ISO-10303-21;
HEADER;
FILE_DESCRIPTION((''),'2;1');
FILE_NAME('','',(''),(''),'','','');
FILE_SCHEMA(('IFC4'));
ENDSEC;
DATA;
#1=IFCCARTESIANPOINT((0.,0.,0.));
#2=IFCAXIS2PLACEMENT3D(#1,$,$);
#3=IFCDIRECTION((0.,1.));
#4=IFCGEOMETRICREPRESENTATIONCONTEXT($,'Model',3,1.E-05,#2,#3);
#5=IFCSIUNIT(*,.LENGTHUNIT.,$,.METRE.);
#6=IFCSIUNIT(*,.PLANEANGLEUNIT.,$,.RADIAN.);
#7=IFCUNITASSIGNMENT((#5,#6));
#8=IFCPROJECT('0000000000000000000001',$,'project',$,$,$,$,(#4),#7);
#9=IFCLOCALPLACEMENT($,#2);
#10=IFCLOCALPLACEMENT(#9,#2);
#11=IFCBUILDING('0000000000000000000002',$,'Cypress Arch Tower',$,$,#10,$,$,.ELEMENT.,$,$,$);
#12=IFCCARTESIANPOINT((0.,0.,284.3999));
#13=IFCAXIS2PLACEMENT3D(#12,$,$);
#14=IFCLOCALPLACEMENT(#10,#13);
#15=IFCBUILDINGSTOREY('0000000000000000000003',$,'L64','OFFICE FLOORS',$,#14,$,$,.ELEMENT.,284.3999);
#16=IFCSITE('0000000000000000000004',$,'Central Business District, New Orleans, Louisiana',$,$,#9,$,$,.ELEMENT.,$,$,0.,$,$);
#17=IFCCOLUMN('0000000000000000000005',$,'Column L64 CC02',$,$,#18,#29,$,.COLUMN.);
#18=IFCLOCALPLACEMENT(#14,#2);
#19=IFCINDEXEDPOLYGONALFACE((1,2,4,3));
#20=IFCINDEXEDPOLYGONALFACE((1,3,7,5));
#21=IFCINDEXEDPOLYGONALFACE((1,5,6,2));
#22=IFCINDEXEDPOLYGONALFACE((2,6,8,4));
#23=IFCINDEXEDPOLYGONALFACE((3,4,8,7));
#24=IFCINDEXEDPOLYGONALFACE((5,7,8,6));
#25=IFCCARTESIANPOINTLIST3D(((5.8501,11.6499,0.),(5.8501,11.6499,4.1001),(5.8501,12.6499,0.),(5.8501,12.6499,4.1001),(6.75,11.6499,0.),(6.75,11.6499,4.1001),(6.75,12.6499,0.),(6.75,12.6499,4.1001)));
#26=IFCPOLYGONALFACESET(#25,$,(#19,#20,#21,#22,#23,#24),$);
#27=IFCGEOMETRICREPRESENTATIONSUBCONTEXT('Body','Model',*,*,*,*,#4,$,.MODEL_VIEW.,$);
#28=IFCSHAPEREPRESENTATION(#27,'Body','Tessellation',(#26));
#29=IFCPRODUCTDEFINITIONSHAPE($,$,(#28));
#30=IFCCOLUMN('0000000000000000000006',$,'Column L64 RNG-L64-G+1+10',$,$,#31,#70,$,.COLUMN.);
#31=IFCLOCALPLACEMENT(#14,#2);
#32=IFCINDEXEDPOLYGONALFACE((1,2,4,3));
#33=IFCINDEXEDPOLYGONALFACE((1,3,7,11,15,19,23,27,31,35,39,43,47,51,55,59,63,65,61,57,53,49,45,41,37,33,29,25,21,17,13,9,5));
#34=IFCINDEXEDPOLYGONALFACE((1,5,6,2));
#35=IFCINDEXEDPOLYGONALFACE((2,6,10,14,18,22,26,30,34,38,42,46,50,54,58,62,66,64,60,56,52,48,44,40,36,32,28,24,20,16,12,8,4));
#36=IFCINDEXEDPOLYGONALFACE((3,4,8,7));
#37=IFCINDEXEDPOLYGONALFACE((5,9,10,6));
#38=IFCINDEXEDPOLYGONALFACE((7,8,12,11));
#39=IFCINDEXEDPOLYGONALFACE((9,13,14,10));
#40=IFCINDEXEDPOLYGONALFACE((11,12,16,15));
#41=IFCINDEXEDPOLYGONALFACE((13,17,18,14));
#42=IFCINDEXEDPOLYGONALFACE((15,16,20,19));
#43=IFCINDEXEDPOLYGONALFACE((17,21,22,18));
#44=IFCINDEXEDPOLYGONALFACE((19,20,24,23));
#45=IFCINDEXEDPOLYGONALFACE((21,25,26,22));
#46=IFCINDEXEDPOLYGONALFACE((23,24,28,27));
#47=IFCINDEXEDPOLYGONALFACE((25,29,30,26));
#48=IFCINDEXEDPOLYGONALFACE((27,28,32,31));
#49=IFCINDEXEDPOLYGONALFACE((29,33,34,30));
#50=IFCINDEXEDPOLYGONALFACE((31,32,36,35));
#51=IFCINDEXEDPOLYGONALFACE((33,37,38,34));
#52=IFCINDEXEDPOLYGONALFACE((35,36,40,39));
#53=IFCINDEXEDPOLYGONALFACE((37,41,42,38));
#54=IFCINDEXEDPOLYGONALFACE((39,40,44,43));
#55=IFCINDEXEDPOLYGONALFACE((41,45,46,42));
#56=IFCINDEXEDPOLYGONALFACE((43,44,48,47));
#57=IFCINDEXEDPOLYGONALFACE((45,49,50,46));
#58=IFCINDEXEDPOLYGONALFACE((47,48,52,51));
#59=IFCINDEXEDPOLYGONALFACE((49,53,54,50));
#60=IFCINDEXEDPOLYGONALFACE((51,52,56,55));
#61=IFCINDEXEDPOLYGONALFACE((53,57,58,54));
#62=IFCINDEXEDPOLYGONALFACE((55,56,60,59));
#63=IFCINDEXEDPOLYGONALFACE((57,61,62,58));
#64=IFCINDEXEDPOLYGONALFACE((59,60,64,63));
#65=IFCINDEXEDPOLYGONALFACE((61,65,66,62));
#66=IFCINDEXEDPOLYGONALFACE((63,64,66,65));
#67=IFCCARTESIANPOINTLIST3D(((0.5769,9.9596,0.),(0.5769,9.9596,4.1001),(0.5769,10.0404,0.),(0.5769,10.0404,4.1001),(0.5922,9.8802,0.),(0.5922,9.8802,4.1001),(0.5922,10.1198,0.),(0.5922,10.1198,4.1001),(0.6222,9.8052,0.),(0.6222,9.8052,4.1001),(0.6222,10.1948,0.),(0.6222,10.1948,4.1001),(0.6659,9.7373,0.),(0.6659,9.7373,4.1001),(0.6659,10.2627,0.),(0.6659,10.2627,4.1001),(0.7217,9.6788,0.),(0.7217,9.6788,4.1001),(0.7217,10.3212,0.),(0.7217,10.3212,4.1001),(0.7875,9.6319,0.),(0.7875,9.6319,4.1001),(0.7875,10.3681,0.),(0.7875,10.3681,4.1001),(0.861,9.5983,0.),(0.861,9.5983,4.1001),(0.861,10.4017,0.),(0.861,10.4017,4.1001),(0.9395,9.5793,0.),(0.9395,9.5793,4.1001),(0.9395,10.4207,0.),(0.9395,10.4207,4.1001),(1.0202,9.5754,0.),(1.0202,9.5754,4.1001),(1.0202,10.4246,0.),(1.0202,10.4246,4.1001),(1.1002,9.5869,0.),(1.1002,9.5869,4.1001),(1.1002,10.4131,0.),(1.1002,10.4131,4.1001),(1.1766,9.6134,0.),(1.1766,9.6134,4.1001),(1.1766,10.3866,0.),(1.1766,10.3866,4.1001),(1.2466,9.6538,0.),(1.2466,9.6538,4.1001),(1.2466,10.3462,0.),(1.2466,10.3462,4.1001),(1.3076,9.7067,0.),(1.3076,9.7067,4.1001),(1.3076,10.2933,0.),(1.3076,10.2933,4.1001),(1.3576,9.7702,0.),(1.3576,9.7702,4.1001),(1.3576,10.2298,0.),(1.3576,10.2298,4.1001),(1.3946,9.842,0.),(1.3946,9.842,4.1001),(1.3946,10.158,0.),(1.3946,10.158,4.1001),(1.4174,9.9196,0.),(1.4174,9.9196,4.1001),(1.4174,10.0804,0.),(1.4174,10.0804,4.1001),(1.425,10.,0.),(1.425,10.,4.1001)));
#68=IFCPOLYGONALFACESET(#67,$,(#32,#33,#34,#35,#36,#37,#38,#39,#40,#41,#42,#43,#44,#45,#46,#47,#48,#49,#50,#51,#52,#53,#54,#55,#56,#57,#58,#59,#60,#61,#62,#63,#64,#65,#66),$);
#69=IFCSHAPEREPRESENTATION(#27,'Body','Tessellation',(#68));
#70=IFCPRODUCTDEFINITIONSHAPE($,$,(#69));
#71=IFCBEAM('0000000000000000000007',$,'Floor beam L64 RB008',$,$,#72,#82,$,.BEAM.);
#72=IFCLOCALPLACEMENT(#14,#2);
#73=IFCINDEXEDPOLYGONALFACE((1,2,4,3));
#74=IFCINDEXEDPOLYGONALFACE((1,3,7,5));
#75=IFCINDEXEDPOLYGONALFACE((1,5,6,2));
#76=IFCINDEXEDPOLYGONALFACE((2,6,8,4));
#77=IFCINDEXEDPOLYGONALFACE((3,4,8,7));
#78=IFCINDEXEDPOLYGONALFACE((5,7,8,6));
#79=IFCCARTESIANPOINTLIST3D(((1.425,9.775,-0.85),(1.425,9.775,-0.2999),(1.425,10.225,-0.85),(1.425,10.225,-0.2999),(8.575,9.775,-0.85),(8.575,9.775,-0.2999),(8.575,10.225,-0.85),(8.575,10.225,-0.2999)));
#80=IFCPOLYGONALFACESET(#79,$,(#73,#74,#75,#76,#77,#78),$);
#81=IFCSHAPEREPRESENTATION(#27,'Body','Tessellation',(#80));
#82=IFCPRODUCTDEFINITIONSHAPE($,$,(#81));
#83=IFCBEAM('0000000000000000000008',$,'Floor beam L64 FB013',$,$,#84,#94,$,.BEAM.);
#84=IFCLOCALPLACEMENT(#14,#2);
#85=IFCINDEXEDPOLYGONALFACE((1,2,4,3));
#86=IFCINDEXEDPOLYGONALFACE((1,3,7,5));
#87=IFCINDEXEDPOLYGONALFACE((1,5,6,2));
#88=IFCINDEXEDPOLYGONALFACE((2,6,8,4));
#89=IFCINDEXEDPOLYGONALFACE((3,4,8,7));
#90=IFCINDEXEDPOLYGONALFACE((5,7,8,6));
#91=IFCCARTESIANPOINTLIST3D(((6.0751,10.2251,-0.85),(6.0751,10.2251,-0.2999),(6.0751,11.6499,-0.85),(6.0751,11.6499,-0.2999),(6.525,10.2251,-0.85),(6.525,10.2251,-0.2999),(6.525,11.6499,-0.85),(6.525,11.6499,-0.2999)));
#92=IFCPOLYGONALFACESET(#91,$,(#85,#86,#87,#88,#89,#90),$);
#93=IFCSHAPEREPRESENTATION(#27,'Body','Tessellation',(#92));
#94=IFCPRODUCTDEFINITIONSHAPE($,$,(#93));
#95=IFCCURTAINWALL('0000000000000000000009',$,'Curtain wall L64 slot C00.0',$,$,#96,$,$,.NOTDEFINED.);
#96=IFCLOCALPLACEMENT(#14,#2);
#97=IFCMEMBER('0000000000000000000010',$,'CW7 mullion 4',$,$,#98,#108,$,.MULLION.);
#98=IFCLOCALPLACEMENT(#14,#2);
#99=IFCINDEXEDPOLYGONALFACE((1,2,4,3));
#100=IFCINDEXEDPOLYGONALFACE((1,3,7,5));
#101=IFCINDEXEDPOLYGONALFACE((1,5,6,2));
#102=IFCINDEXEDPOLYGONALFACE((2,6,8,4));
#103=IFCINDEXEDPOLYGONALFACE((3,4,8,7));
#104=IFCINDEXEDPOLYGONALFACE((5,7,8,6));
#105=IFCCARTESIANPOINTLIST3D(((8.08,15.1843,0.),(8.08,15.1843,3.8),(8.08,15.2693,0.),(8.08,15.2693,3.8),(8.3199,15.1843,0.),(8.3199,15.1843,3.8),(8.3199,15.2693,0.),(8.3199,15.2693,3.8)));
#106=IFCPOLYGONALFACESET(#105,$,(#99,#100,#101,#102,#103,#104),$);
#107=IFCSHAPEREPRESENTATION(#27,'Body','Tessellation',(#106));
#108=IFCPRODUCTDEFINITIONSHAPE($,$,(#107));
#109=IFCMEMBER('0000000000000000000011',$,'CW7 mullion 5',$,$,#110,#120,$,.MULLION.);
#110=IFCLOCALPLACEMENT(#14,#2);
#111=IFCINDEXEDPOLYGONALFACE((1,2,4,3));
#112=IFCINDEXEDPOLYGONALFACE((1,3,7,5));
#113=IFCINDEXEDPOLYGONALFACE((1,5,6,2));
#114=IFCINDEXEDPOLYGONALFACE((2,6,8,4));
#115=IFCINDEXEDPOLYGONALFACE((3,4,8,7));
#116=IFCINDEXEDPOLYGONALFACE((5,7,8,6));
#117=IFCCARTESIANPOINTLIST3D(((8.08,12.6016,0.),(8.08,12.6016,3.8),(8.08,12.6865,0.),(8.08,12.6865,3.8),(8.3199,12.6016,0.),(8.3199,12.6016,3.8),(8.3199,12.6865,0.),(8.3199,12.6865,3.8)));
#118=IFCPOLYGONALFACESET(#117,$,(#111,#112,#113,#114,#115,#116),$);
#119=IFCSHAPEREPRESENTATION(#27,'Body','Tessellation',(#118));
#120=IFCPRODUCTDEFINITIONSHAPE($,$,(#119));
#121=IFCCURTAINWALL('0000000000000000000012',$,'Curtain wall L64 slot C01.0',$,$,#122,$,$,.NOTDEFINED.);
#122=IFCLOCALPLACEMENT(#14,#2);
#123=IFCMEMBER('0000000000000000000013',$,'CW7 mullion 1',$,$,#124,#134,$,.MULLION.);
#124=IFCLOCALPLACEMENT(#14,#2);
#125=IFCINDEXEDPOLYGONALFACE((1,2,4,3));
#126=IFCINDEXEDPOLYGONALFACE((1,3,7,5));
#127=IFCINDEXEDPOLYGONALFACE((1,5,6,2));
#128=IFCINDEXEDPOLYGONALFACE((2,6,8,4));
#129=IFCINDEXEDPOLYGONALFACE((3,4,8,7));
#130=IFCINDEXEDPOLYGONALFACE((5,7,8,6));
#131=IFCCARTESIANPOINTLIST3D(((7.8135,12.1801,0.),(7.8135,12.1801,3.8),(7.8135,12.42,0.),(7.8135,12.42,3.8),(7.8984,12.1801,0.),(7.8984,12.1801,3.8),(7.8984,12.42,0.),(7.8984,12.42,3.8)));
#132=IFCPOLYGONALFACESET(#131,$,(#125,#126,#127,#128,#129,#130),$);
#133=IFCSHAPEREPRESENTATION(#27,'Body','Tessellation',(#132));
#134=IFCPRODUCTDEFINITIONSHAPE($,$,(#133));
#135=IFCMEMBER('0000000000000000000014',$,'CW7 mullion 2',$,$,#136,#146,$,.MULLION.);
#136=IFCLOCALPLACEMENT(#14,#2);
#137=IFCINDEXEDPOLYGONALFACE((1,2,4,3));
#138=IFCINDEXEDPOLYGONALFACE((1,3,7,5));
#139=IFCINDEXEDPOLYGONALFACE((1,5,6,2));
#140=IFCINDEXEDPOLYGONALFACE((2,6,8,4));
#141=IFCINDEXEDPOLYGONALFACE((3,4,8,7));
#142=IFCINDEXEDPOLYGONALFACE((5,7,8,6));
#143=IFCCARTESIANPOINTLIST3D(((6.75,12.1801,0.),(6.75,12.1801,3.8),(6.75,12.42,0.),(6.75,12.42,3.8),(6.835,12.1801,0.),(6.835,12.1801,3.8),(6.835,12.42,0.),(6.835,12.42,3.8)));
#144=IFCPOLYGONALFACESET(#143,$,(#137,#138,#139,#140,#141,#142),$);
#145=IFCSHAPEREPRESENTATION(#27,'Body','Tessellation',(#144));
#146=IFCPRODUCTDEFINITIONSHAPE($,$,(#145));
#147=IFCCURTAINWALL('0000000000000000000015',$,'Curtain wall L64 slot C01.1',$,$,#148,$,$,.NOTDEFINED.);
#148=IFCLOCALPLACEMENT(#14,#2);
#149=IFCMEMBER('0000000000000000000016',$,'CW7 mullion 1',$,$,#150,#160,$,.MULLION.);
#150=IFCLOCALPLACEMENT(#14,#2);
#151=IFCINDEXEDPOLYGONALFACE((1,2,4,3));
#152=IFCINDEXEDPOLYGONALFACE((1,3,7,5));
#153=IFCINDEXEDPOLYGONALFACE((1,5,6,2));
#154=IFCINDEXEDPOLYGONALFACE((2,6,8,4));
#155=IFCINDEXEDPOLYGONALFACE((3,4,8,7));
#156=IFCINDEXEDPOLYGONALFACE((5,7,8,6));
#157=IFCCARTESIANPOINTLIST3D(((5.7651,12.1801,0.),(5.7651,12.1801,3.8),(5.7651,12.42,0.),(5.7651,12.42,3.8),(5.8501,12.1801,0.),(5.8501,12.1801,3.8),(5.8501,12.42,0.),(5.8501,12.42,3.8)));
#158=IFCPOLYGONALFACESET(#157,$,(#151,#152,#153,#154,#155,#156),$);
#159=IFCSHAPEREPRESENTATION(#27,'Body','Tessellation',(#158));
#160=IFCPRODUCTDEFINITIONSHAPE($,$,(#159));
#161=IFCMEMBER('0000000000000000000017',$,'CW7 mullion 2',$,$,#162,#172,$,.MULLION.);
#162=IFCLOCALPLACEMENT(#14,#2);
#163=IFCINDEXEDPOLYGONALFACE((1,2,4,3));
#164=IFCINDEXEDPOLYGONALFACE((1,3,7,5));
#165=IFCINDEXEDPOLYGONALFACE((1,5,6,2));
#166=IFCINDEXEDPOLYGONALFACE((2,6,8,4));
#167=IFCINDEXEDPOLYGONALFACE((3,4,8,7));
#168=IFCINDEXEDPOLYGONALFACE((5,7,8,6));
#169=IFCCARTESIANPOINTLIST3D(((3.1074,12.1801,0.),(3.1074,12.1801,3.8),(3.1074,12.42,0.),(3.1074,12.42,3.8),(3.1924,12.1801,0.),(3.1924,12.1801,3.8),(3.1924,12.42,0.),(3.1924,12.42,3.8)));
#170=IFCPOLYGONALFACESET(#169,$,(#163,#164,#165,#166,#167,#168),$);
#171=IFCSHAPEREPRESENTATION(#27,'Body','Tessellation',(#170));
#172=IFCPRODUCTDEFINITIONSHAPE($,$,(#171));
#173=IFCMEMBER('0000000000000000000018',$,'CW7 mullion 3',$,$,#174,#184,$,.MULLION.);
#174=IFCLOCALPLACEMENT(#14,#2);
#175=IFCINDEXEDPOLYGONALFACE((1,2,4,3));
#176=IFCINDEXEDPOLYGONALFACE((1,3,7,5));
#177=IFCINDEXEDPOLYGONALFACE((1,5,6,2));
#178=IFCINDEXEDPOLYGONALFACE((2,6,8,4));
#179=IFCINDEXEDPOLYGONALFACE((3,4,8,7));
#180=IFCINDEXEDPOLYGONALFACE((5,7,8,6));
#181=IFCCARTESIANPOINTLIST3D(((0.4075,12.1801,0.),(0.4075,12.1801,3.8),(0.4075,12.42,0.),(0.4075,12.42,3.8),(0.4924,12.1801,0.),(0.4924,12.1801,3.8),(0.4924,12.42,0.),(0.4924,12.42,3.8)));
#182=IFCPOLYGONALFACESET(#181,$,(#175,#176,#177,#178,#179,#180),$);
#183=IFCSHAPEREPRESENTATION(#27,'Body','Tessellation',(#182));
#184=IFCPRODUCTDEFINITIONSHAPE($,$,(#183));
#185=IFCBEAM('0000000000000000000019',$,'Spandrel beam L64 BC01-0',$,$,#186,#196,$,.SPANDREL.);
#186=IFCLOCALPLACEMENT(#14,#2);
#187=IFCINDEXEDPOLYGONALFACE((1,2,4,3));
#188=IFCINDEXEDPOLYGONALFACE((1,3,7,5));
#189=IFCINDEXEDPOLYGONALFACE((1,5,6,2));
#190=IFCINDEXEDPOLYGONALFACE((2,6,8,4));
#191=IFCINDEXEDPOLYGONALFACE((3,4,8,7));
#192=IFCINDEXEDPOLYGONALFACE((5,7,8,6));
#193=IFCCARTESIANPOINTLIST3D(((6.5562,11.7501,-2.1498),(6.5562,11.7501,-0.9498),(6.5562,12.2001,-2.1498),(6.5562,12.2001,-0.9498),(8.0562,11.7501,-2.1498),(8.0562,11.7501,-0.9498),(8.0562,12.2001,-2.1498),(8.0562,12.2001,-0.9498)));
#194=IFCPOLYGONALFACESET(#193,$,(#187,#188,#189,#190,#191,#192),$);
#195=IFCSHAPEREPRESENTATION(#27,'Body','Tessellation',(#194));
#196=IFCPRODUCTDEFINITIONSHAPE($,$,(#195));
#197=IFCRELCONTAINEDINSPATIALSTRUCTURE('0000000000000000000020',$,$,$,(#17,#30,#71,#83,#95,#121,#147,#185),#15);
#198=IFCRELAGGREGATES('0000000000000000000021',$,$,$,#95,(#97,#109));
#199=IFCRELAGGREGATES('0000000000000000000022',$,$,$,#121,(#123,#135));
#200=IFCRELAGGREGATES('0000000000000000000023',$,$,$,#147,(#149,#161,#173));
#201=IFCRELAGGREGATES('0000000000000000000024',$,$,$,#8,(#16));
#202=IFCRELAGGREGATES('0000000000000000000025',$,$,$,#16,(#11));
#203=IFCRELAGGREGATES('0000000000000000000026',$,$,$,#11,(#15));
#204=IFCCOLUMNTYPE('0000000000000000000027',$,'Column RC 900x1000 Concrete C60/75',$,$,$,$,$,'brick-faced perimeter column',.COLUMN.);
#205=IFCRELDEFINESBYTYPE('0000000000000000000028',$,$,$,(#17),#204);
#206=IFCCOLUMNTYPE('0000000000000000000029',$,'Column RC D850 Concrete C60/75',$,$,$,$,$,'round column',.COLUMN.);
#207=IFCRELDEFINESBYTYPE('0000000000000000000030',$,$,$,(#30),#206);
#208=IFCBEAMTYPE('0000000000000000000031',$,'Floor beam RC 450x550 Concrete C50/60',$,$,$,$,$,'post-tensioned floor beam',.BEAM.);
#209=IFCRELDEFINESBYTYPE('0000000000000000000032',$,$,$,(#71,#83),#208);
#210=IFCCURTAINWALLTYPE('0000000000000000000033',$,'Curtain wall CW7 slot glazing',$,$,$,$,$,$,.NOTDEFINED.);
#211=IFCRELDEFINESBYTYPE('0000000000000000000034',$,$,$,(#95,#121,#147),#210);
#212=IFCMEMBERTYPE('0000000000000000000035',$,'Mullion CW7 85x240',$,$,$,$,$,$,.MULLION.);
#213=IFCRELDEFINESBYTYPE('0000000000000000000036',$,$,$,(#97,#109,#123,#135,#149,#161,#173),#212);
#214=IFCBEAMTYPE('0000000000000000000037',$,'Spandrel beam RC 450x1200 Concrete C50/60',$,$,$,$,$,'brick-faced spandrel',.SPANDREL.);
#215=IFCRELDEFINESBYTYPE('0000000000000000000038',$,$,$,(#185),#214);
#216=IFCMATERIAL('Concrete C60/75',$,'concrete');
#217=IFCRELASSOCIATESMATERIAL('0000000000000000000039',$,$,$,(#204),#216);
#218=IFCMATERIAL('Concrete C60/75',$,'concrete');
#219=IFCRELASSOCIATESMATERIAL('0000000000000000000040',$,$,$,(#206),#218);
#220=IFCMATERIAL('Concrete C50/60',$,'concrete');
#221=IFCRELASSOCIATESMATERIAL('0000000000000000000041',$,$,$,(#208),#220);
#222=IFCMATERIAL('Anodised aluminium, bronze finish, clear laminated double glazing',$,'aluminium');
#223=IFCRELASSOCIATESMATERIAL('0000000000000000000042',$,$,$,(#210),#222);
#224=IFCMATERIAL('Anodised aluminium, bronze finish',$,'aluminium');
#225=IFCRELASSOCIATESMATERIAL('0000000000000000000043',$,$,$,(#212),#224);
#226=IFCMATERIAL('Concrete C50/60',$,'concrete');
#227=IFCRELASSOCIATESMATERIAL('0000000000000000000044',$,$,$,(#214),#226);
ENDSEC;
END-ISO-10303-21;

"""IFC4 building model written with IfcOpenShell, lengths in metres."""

from ifc_helpers import new_model, si_unit, direction, frame, origin, origin_2d, place, context, subcontext, project, spatial, rectangle, circle, extrude, material, material_profile, profile_set, type_object, element, aggregate, save


model = new_model("IFC4")

# Units and contexts
model_context = context("Model", 3, precision=1e-05, world=origin(), true_north=direction((0.0, 1.0)))
body_context = subcontext(model_context, "Body", "Model", "MODEL_VIEW")
ifc_project = project(units=[si_unit("LENGTHUNIT", "METRE"), si_unit("PLANEANGLEUNIT", "RADIAN")], contexts=[model_context])

# Site, building, storey
site_placement = place(None, origin())
site = spatial("IfcSite", under=ifc_project, at=site_placement, Name="Central Business District, New Orleans, Louisiana", CompositionType="ELEMENT", RefElevation=0.0)
building_placement = place(site_placement, origin())
building = spatial("IfcBuilding", under=site, at=building_placement, Name="Cypress Arch Tower", CompositionType="ELEMENT")
storey_placement = place(building_placement, frame((0.0, 0.0, 284.3999)))
storey = spatial("IfcBuildingStorey", under=building, at=storey_placement, Name="L64", Description="OFFICE FLOORS", CompositionType="ELEMENT", Elevation=284.3999)

# Columns
ifc_material_1 = material(Name="Concrete C60/75", Category="concrete")
ifc_material_profile_1 = material_profile(ifc_material_1, rectangle(XDim=0.8999, YDim=1.0, at=origin_2d()), Name="RC 900x1000")
ifc_profile_set_1 = profile_set([ifc_material_profile_1], Name="Concrete C60/75")
column_type_1 = type_object("IfcColumnType", Name="Column RC 900x1000 Concrete C60/75", ElementType="brick-faced perimeter column", PredefinedType="COLUMN", material=ifc_profile_set_1)
column_1_placement = place(storey_placement, frame((6.3, 12.1499, 0.0), z_axis=(0.0, 0.0, 1.0), x_axis=(-1.0, 0.0, 0.0)))
element("IfcColumn", 1, at=column_1_placement, inside=storey, type_object=column_type_1, Name="Column L64 CC02", PredefinedType="COLUMN", context=body_context, shape_type="SweptSolid", body=[
    extrude(rectangle(XDim=0.8999, YDim=1.0, at=origin_2d()), origin(), (0.0, 0.0, 1.0), 4.1001),
])
ifc_material_2 = material(Name="Concrete C60/75", Category="concrete")
ifc_material_profile_2 = material_profile(ifc_material_2, circle(Radius=0.425, at=origin_2d()), Name="RC D850")
ifc_profile_set_2 = profile_set([ifc_material_profile_2], Name="Concrete C60/75")
column_type_2 = type_object("IfcColumnType", Name="Column RC D850 Concrete C60/75", ElementType="round column", PredefinedType="COLUMN", material=ifc_profile_set_2)
column_2_placement = place(storey_placement, frame((1.0, 10.0, 0.0), z_axis=(0.0, 0.0, 1.0), x_axis=(1.0, 0.0, 0.0)))
element("IfcColumn", 2, at=column_2_placement, inside=storey, type_object=column_type_2, Name="Column L64 RNG-L64-G+1+10", PredefinedType="COLUMN", context=body_context, shape_type="SweptSolid", body=[
    extrude(circle(Radius=0.425, at=origin_2d()), origin(), (0.0, 0.0, 1.0), 4.1001),
])

# Beams
ifc_material_3 = material(Name="Concrete C50/60", Category="concrete")
ifc_material_profile_3 = material_profile(ifc_material_3, rectangle(XDim=0.45, YDim=0.55, at=origin_2d()), Name="RC 450x550")
ifc_profile_set_3 = profile_set([ifc_material_profile_3], Name="Concrete C50/60")
beam_type_1 = type_object("IfcBeamType", Name="Floor beam RC 450x550 Concrete C50/60", ElementType="post-tensioned floor beam", PredefinedType="BEAM", material=ifc_profile_set_3)
beam_1_placement = place(storey_placement, frame((1.425, 10.0, -0.575), z_axis=(1.0, 0.0, 0.0), x_axis=(0.0, 1.0, 0.0)))
element("IfcBeam", 3, at=beam_1_placement, inside=storey, type_object=beam_type_1, Name="Floor beam L64 RB008", PredefinedType="BEAM", context=body_context, shape_type="SweptSolid", body=[
    extrude(rectangle(XDim=0.45, YDim=0.55, at=origin_2d()), origin(), (0.0, 0.0, 1.0), 7.1499),
])
beam_2_placement = place(storey_placement, frame((6.3, 10.2251, -0.575), z_axis=(0.0, 1.0, 0.0), x_axis=(-1.0, 0.0, 0.0)))
element("IfcBeam", 4, at=beam_2_placement, inside=storey, type_object=beam_type_1, Name="Floor beam L64 FB013", PredefinedType="BEAM", context=body_context, shape_type="SweptSolid", body=[
    extrude(rectangle(XDim=0.45, YDim=0.55, at=origin_2d()), origin(), (0.0, 0.0, 1.0), 1.4248),
])

# Curtain walls, members
ifc_material_4 = material(Name="Anodised aluminium, bronze finish, clear laminated double glazing", Category="aluminium")
curtain_wall_type = type_object("IfcCurtainWallType", Name="Curtain wall CW7 slot glazing", PredefinedType="NOTDEFINED", material=ifc_material_4)
curtain_wall_1_placement = place(storey_placement, origin())
curtain_wall_1 = element("IfcCurtainWall", 5, at=curtain_wall_1_placement, inside=storey, type_object=curtain_wall_type, Name="Curtain wall L64 slot C00.0", PredefinedType="NOTDEFINED")
ifc_material_5 = material(Name="Anodised aluminium, bronze finish", Category="aluminium")
ifc_material_profile_4 = material_profile(ifc_material_5, rectangle(XDim=0.24, YDim=0.085, at=origin_2d()), Name="Mullion 85x240")
ifc_profile_set_4 = profile_set([ifc_material_profile_4], Name="Anodised aluminium, bronze finish")
member_type_1 = type_object("IfcMemberType", Name="Mullion CW7 85x240", PredefinedType="MULLION", material=ifc_profile_set_4)
member_1_placement = place(storey_placement, frame((8.2, 15.2268, 0.0), z_axis=(0.0, 0.0, 1.0), x_axis=(1.0, 0.0, 0.0)))
member_1 = element("IfcMember", 6, at=member_1_placement, type_object=member_type_1, Name="CW7 mullion 4", PredefinedType="MULLION", context=body_context, shape_type="SweptSolid", body=[
    extrude(rectangle(XDim=0.24, YDim=0.085, at=origin_2d()), origin(), (0.0, 0.0, 1.0), 3.8),
])
member_2_placement = place(storey_placement, frame((8.2, 12.644, 0.0), z_axis=(0.0, 0.0, 1.0), x_axis=(1.0, 0.0, 0.0)))
member_2 = element("IfcMember", 7, at=member_2_placement, type_object=member_type_1, Name="CW7 mullion 5", PredefinedType="MULLION", context=body_context, shape_type="SweptSolid", body=[
    extrude(rectangle(XDim=0.24, YDim=0.085, at=origin_2d()), origin(), (0.0, 0.0, 1.0), 3.8),
])
curtain_wall_2_placement = place(storey_placement, origin())
curtain_wall_2 = element("IfcCurtainWall", 8, at=curtain_wall_2_placement, inside=storey, type_object=curtain_wall_type, Name="Curtain wall L64 slot C01.0", PredefinedType="NOTDEFINED")
member_3_placement = place(storey_placement, frame((7.856, 12.3, 0.0), z_axis=(0.0, 0.0, 1.0), x_axis=(0.0, -1.0, 0.0)))
member_3 = element("IfcMember", 9, at=member_3_placement, type_object=member_type_1, Name="CW7 mullion 1", PredefinedType="MULLION", context=body_context, shape_type="SweptSolid", body=[
    extrude(rectangle(XDim=0.24, YDim=0.085, at=origin_2d()), origin(), (0.0, 0.0, 1.0), 3.8),
])
member_4_placement = place(storey_placement, frame((6.7925, 12.3, 0.0), z_axis=(0.0, 0.0, 1.0), x_axis=(0.0, -1.0, 0.0)))
member_4 = element("IfcMember", 10, at=member_4_placement, type_object=member_type_1, Name="CW7 mullion 2", PredefinedType="MULLION", context=body_context, shape_type="SweptSolid", body=[
    extrude(rectangle(XDim=0.24, YDim=0.085, at=origin_2d()), origin(), (0.0, 0.0, 1.0), 3.8),
])
curtain_wall_3_placement = place(storey_placement, origin())
curtain_wall_3 = element("IfcCurtainWall", 11, at=curtain_wall_3_placement, inside=storey, type_object=curtain_wall_type, Name="Curtain wall L64 slot C01.1", PredefinedType="NOTDEFINED")
member_5_placement = place(storey_placement, frame((5.8076, 12.3, 0.0), z_axis=(0.0, 0.0, 1.0), x_axis=(0.0, -1.0, 0.0)))
member_5 = element("IfcMember", 12, at=member_5_placement, type_object=member_type_1, Name="CW7 mullion 1", PredefinedType="MULLION", context=body_context, shape_type="SweptSolid", body=[
    extrude(rectangle(XDim=0.24, YDim=0.085, at=origin_2d()), origin(), (0.0, 0.0, 1.0), 3.8),
])
member_6_placement = place(storey_placement, frame((3.1499, 12.3, 0.0), z_axis=(0.0, 0.0, 1.0), x_axis=(0.0, -1.0, 0.0)))
member_6 = element("IfcMember", 13, at=member_6_placement, type_object=member_type_1, Name="CW7 mullion 2", PredefinedType="MULLION", context=body_context, shape_type="SweptSolid", body=[
    extrude(rectangle(XDim=0.24, YDim=0.085, at=origin_2d()), origin(), (0.0, 0.0, 1.0), 3.8),
])
member_7_placement = place(storey_placement, frame((0.45, 12.3, 0.0), z_axis=(0.0, 0.0, 1.0), x_axis=(0.0, -1.0, 0.0)))
member_7 = element("IfcMember", 14, at=member_7_placement, type_object=member_type_1, Name="CW7 mullion 3", PredefinedType="MULLION", context=body_context, shape_type="SweptSolid", body=[
    extrude(rectangle(XDim=0.24, YDim=0.085, at=origin_2d()), origin(), (0.0, 0.0, 1.0), 3.8),
])

# Beam
ifc_material_6 = material(Name="Concrete C50/60", Category="concrete")
ifc_material_profile_5 = material_profile(ifc_material_6, rectangle(XDim=0.45, YDim=1.2, at=origin_2d()), Name="RC 450x1200")
ifc_profile_set_5 = profile_set([ifc_material_profile_5], Name="Concrete C50/60")
beam_type_2 = type_object("IfcBeamType", Name="Spandrel beam RC 450x1200 Concrete C50/60", ElementType="brick-faced spandrel", PredefinedType="SPANDREL", material=ifc_profile_set_5)
beam_3_placement = place(storey_placement, frame((8.0562, 11.9751, -1.5498), z_axis=(-1.0, 0.0, 0.0), x_axis=(0.0, -1.0, 0.0)))
element("IfcBeam", 15, at=beam_3_placement, inside=storey, type_object=beam_type_2, Name="Spandrel beam L64 BC01-0", PredefinedType="SPANDREL", context=body_context, shape_type="SweptSolid", body=[
    extrude(rectangle(XDim=0.45, YDim=1.2, at=origin_2d()), origin(), (0.0, 0.0, 1.0), 1.5),
])

aggregate(curtain_wall_1, [member_1, member_2])
aggregate(curtain_wall_2, [member_3, member_4])
aggregate(curtain_wall_3, [member_5, member_6, member_7])

save(model, "model.ifc")
